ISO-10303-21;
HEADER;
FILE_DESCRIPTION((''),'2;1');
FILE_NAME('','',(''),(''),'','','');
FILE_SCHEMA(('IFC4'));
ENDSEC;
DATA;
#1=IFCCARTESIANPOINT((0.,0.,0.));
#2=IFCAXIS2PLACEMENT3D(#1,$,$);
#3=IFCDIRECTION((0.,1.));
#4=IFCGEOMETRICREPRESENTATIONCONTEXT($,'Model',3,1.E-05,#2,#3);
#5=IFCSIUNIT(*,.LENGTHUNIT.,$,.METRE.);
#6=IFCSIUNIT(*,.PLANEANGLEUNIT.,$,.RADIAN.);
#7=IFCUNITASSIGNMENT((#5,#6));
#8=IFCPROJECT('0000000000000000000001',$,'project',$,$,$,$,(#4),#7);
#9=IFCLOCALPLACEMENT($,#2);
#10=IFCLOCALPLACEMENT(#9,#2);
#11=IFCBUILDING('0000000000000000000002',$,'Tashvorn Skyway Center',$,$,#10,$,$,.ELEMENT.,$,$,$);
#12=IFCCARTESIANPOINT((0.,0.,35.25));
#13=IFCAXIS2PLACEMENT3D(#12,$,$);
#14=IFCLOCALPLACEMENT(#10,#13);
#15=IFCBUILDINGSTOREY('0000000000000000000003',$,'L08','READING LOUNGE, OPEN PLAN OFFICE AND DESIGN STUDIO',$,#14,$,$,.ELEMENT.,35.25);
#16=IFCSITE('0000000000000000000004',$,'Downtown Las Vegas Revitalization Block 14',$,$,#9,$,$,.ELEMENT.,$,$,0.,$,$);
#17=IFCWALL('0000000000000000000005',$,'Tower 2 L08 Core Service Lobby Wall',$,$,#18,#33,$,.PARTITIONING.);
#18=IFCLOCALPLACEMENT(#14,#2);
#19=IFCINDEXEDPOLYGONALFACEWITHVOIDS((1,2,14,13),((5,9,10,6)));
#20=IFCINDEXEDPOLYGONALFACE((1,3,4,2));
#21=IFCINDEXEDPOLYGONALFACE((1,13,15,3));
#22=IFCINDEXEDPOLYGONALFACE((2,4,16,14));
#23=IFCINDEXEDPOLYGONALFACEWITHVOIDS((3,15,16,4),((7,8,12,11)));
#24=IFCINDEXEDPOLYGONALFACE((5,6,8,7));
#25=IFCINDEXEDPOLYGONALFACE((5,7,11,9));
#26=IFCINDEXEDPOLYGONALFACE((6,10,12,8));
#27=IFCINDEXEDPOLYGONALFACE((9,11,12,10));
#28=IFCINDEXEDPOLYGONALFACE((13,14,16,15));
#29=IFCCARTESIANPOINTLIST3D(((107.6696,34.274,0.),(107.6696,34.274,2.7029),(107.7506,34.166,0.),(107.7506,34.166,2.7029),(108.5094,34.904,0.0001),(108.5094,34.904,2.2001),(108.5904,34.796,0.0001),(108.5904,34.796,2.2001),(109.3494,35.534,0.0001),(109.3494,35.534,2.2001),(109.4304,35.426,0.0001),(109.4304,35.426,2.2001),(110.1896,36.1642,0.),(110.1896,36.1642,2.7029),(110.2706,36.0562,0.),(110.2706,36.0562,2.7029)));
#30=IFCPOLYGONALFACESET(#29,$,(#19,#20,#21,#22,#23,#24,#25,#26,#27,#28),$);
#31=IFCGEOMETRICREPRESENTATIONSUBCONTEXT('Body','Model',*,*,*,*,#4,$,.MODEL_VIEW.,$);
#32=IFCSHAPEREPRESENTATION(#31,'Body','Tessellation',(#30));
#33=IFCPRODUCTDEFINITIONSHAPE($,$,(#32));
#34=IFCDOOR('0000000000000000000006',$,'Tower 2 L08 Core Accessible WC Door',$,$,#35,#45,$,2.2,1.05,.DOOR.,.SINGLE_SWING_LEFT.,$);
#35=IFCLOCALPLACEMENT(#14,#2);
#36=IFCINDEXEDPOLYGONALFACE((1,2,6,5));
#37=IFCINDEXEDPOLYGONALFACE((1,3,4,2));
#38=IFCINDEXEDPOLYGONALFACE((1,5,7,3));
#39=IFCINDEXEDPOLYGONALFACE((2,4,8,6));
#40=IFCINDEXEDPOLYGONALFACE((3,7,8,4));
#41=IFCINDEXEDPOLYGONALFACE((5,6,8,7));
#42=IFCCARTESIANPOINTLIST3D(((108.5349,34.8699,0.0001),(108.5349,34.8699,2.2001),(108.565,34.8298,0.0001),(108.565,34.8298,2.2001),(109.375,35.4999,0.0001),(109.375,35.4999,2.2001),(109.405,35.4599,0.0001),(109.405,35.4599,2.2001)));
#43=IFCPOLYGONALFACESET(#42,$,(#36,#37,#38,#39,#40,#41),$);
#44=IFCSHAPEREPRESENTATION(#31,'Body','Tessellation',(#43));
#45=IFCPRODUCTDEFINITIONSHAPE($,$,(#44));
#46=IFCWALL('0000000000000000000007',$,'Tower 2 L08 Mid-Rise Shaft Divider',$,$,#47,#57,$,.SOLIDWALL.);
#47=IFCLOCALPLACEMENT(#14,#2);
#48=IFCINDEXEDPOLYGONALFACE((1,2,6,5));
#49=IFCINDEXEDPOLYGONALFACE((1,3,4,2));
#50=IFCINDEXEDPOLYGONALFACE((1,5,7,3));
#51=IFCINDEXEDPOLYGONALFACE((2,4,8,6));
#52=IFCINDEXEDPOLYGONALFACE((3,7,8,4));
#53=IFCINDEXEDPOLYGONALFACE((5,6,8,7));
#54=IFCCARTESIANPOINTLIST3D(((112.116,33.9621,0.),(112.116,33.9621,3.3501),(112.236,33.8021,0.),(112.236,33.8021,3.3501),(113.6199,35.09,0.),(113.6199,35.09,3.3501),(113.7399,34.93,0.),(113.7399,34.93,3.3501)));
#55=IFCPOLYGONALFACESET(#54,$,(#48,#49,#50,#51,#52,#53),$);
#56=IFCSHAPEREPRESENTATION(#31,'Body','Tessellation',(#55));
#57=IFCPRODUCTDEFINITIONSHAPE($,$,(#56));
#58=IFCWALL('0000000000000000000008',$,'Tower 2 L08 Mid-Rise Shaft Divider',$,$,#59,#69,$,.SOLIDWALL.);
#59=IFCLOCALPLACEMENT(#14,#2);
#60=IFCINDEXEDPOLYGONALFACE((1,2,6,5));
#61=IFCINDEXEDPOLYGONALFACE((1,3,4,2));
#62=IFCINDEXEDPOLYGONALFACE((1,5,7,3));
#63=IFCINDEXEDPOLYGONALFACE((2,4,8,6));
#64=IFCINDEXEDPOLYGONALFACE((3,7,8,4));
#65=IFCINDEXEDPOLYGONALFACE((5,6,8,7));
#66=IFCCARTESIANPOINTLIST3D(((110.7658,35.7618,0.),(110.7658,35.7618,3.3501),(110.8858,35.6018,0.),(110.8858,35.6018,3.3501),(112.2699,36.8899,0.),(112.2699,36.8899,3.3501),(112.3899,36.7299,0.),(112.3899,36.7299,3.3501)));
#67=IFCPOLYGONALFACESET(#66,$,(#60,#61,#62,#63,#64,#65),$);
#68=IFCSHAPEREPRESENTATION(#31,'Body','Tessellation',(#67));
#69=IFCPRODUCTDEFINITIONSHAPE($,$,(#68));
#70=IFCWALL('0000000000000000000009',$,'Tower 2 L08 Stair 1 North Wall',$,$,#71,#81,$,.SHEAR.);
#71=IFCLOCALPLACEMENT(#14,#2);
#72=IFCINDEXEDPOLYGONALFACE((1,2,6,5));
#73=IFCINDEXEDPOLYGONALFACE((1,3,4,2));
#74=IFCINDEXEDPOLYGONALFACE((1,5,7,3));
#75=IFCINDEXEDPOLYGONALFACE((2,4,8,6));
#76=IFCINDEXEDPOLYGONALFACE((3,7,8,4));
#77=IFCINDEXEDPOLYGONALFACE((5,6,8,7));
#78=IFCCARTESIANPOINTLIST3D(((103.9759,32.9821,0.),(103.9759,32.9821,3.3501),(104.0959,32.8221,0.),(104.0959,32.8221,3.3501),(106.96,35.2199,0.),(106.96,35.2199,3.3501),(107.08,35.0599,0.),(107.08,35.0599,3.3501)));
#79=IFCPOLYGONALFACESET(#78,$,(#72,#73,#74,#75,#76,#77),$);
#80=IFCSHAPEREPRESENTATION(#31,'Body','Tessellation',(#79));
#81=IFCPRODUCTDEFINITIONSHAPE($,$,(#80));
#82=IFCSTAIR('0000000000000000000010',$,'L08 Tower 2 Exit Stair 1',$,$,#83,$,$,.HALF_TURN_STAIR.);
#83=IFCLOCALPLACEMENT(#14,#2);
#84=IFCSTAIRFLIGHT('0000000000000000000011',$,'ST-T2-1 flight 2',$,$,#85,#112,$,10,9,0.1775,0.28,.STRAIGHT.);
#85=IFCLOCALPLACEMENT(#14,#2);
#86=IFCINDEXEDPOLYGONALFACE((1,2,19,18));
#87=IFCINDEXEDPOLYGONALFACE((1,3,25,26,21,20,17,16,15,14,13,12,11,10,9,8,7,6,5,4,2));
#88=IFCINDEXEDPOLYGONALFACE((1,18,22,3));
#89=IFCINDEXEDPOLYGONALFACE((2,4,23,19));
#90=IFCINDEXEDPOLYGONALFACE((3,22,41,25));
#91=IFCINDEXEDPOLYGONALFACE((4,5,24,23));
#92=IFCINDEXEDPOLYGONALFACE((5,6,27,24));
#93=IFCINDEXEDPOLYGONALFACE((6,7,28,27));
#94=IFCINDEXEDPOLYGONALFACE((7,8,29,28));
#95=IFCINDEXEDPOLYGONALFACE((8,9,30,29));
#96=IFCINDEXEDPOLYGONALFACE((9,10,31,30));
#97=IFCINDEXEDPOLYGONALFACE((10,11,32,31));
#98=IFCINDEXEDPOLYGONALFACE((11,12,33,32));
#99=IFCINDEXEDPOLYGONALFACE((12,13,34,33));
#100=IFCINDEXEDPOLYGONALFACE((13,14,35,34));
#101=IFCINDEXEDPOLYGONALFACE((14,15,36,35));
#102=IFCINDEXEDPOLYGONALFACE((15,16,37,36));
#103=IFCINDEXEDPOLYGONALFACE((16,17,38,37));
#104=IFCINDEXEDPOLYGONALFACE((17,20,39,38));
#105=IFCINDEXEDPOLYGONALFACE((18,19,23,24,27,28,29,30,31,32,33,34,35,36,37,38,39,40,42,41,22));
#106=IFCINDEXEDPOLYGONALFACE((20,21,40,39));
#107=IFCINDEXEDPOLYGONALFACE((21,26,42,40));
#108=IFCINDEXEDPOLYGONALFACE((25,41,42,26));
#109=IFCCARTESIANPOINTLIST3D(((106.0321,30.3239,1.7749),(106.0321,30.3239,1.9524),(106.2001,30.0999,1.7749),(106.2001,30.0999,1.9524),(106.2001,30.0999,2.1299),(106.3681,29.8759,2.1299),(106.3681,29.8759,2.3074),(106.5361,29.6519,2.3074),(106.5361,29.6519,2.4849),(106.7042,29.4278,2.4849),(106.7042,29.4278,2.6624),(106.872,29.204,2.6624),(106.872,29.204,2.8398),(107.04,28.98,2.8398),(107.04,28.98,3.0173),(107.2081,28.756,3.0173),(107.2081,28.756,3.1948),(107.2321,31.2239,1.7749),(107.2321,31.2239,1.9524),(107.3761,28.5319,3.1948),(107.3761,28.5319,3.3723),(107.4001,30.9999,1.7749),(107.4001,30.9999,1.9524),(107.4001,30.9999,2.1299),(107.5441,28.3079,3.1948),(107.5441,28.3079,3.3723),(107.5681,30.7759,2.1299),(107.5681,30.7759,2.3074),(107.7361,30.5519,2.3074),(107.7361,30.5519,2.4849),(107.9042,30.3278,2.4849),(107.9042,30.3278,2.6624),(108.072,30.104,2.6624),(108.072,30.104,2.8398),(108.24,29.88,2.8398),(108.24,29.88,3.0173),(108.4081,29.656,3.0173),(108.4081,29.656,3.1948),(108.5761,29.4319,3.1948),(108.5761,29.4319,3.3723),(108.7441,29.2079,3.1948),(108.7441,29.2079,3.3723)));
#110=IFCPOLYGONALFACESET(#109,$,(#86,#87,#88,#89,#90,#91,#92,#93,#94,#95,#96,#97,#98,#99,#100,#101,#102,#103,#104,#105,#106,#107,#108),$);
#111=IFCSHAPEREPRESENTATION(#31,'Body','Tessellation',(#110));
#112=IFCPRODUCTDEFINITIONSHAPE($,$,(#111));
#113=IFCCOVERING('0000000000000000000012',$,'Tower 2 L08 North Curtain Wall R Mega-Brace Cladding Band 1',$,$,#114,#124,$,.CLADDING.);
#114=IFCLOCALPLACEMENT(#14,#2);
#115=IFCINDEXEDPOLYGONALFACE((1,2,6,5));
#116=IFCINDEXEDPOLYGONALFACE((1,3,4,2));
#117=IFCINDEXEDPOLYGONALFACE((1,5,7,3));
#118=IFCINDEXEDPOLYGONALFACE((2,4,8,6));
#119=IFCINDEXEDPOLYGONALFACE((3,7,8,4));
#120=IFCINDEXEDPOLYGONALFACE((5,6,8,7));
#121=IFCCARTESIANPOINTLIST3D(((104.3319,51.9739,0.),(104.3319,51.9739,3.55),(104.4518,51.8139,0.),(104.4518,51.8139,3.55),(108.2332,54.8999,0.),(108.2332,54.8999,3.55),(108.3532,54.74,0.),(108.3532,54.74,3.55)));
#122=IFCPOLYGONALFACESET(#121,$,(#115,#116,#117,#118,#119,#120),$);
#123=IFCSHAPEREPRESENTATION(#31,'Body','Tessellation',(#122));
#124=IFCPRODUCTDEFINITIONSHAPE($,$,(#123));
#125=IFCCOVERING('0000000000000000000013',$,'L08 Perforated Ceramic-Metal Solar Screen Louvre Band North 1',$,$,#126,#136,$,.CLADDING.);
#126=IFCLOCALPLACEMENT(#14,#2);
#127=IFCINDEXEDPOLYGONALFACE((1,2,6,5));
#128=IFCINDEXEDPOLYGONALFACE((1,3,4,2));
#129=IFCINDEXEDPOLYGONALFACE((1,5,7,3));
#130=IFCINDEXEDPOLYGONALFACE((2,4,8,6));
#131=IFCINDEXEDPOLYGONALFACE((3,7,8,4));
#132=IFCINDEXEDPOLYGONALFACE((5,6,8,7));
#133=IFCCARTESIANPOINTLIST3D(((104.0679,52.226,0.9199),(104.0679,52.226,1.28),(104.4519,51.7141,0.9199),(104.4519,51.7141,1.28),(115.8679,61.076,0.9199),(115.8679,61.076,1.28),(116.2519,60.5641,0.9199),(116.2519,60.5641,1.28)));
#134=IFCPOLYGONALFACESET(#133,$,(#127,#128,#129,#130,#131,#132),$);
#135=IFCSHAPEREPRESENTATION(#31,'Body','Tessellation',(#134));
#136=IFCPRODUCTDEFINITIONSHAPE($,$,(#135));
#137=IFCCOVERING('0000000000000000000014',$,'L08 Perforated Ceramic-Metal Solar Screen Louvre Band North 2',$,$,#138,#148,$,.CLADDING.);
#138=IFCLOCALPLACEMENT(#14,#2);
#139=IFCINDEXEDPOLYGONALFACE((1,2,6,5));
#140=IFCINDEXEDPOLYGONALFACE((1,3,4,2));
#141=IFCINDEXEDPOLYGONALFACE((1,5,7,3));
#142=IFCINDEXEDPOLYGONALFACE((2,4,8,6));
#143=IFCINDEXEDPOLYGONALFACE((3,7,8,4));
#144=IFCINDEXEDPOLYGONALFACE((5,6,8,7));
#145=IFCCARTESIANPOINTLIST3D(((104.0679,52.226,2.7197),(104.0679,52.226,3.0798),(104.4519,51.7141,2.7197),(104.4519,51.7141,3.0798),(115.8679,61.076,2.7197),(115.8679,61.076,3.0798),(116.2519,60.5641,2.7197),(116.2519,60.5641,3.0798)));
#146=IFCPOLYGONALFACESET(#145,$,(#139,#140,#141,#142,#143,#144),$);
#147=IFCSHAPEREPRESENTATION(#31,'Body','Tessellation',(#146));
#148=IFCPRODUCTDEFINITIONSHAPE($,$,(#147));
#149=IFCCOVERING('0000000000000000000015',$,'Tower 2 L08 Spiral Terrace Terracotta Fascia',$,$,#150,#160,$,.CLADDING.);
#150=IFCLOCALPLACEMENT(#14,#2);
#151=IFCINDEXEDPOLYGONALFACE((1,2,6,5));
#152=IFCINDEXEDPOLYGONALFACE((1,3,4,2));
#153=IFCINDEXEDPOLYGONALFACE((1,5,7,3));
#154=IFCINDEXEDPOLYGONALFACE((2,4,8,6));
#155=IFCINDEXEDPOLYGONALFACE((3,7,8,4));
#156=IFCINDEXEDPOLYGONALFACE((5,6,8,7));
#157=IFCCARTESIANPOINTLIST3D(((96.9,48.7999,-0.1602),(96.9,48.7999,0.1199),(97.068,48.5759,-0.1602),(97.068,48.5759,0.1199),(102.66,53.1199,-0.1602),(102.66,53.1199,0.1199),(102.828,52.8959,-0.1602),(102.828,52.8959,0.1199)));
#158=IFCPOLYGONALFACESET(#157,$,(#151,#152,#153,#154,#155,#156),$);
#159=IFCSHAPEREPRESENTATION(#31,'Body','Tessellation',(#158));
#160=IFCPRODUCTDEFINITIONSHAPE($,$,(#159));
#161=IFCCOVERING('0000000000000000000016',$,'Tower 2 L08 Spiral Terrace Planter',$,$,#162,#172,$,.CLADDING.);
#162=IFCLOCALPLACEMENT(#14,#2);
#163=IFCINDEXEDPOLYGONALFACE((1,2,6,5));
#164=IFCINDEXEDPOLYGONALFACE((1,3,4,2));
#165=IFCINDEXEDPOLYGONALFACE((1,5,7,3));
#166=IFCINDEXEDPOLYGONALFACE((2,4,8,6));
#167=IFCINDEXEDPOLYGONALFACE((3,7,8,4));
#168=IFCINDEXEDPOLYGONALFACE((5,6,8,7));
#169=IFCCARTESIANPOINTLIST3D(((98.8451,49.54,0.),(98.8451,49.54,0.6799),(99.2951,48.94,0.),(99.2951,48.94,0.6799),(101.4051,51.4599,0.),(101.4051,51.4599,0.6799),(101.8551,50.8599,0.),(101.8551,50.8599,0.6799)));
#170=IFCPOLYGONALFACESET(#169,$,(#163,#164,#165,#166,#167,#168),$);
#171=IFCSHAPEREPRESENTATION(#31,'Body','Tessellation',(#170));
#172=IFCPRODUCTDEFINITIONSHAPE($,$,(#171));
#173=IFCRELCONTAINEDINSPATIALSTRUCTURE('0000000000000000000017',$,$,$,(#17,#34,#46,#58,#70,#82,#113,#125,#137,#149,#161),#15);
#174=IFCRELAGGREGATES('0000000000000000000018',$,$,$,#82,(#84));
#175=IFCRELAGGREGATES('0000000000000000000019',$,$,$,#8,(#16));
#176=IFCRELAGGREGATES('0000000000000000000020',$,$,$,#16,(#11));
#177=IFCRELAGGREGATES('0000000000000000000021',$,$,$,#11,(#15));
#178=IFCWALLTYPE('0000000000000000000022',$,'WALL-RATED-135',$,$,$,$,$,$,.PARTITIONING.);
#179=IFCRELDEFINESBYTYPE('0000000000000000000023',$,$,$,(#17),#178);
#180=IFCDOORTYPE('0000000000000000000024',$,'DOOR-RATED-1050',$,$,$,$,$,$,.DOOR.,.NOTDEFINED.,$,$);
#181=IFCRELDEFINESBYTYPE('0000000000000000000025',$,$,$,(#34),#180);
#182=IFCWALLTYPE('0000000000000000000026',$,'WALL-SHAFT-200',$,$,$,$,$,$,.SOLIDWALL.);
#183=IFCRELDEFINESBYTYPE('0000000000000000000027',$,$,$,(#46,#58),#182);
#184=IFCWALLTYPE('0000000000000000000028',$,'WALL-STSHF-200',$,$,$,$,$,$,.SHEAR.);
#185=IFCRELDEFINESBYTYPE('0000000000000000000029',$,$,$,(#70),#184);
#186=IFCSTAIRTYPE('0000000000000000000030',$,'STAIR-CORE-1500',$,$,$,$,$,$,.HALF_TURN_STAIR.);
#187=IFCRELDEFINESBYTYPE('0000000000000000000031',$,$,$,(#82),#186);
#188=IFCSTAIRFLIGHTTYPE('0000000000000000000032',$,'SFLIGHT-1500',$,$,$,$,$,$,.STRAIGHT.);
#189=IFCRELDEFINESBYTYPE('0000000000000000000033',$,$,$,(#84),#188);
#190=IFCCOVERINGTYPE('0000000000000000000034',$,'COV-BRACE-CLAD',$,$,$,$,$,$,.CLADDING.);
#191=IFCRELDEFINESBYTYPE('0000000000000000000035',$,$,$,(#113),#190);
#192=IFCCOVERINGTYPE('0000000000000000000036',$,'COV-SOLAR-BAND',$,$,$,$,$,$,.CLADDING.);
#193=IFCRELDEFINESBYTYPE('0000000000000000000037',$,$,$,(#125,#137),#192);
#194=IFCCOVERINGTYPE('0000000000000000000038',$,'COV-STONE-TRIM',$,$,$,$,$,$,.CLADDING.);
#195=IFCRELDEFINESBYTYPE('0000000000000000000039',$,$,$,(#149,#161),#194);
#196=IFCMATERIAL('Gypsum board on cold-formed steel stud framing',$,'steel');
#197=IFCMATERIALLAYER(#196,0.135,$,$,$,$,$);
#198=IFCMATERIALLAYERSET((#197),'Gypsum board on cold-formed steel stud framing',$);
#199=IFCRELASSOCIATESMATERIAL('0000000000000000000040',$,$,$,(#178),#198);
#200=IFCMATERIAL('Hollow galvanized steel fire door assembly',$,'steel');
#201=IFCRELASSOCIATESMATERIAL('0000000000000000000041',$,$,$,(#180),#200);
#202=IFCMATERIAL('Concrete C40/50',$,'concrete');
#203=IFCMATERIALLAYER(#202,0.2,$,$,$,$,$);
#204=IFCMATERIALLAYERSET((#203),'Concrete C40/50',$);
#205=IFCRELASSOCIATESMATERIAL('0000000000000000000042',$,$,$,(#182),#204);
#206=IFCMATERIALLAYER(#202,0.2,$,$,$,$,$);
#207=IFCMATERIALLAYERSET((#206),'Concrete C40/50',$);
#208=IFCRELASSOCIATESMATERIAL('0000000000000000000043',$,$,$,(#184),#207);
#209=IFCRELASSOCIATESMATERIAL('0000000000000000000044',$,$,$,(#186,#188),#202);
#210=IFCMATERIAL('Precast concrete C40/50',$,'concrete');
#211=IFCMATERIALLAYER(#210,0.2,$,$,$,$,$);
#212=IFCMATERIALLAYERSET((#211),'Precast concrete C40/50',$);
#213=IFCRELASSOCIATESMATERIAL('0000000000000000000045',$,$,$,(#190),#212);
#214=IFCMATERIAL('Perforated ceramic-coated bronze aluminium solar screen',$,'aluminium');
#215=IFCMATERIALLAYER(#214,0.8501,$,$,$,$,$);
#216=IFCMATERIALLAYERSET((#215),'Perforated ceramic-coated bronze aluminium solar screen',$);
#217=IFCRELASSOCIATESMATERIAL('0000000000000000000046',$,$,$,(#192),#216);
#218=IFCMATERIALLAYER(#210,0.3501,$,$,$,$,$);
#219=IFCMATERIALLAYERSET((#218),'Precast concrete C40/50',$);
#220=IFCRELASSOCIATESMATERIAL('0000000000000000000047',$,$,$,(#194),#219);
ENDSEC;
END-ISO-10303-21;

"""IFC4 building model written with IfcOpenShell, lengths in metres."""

from ifc_helpers import new_model, si_unit, direction, frame, frame_2d, origin, origin_2d, place, context, subcontext, project, spatial, polyline, rectangle, outline, extrude, material, layer, layer_set, type_object, element, fill, aggregate, save


model = new_model("IFC4")

# Units and contexts
model_context = context("Model", 3, precision=1e-05, world=origin(), true_north=direction((0.0, 1.0)))
body_context = subcontext(model_context, "Body", "Model", "MODEL_VIEW")
ifc_project = project(units=[si_unit("LENGTHUNIT", "METRE"), si_unit("PLANEANGLEUNIT", "RADIAN")], contexts=[model_context])

# Site, building, storey
site_placement = place(None, origin())
site = spatial("IfcSite", under=ifc_project, at=site_placement, Name="Downtown Las Vegas Revitalization Block 14", CompositionType="ELEMENT", RefElevation=0.0)
building_placement = place(site_placement, origin())
building = spatial("IfcBuilding", under=site, at=building_placement, Name="Tashvorn Skyway Center", CompositionType="ELEMENT")
storey_placement = place(building_placement, frame((0.0, 0.0, 35.25)))
storey = spatial("IfcBuildingStorey", under=building, at=storey_placement, Name="L08", Description="READING LOUNGE, OPEN PLAN OFFICE AND DESIGN STUDIO", CompositionType="ELEMENT", Elevation=35.25)

# Shared definitions
ifc_material_1 = material(Name="Hollow galvanized steel fire door assembly", Category="steel")

# Shared definitions
ifc_material_2 = material(Name="Concrete C40/50", Category="concrete")
ifc_material_3 = material(Name="Gypsum board on cold-formed steel stud framing", Category="steel")

# Wall, opening, door
ifc_layer_1 = layer(ifc_material_3, 0.135)
ifc_layer_set_1 = layer_set([ifc_layer_1], Name="Gypsum board on cold-formed steel stud framing")
wall_type_1 = type_object("IfcWallType", Name="WALL-RATED-135", PredefinedType="PARTITIONING", material=ifc_layer_set_1)
wall_1_placement = place(storey_placement, frame((107.71, 34.22, 0.0), z_axis=(0.0, 0.0, 1.0), x_axis=(0.799981, 0.600025, 0.0)))
wall_1 = element("IfcWall", 1, at=wall_1_placement, inside=storey, type_object=wall_type_1, Name="Tower 2 L08 Core Service Lobby Wall", PredefinedType="PARTITIONING", context=body_context, shape_type="SweptSolid", body=[
    extrude(rectangle(XDim=3.1501, YDim=0.135, at=frame_2d((1.5752, 0.0))), origin(), (0.0, 0.0, 1.0), 2.7029),
])
opening_1_placement = place(wall_1_placement, frame((1.05, 0.0, 0.0)))
opening_1 = element("IfcOpeningElement", 2, at=opening_1_placement, cuts=wall_1, PredefinedType="OPENING", context=body_context, shape_type="SweptSolid", body=[
    extrude(rectangle(XDim=1.05, YDim=2.2, at=frame_2d((0.5249, 1.1001))), frame((0.0, 0.0774, 0.0), z_axis=(0.0, -1.0, 0.0), x_axis=(1.0, 0.0, 0.0)), (0.0, 0.0, 1.0), 0.155),
])
door_type_1 = type_object("IfcDoorType", Name="DOOR-RATED-1050", OperationType="NOTDEFINED", PredefinedType="DOOR", material=ifc_material_1)
door_1_placement = place(opening_1_placement, origin())
door_1 = element("IfcDoor", 3, at=door_1_placement, inside=storey, type_object=door_type_1, Name="Tower 2 L08 Core Accessible WC Door", OperationType="SINGLE_SWING_LEFT", OverallHeight=2.2, OverallWidth=1.05, PredefinedType="DOOR", context=body_context, shape_type="SweptSolid", body=[
    extrude(rectangle(XDim=1.05, YDim=2.2, at=frame_2d((0.5249, 1.1001))), frame((0.0, 0.0249, 0.0), z_axis=(0.0, -1.0, 0.0), x_axis=(1.0, 0.0, 0.0)), (0.0, 0.0, 1.0), 0.05),
])
fill(opening_1, door_1)

# Walls
ifc_layer_2 = layer(ifc_material_2, 0.2)
ifc_layer_set_2 = layer_set([ifc_layer_2], Name="Concrete C40/50")
wall_type_2 = type_object("IfcWallType", Name="WALL-SHAFT-200", PredefinedType="SOLIDWALL", material=ifc_layer_set_2)
wall_2_placement = place(storey_placement, frame((112.176, 33.8821, 0.0), z_axis=(0.0, 0.0, 1.0), x_axis=(0.8, 0.6, 0.0)))
element("IfcWall", 4, at=wall_2_placement, inside=storey, type_object=wall_type_2, Name="Tower 2 L08 Mid-Rise Shaft Divider", PredefinedType="SOLIDWALL", context=body_context, shape_type="SweptSolid", body=[
    extrude(rectangle(XDim=1.8799, YDim=0.2, at=frame_2d((0.9399, 0.0))), origin(), (0.0, 0.0, 1.0), 3.3501),
])
wall_3_placement = place(storey_placement, frame((110.8259, 35.6819, 0.0), z_axis=(0.0, 0.0, 1.0), x_axis=(0.799984, 0.600021, 0.0)))
element("IfcWall", 5, at=wall_3_placement, inside=storey, type_object=wall_type_2, Name="Tower 2 L08 Mid-Rise Shaft Divider", PredefinedType="SOLIDWALL", context=body_context, shape_type="SweptSolid", body=[
    extrude(rectangle(XDim=1.8801, YDim=0.2, at=frame_2d((0.9399, 0.0))), origin(), (0.0, 0.0, 1.0), 3.3501),
])
ifc_layer_3 = layer(ifc_material_2, 0.2)
ifc_layer_set_3 = layer_set([ifc_layer_3], Name="Concrete C40/50")
wall_type_3 = type_object("IfcWallType", Name="WALL-STSHF-200", PredefinedType="SHEAR", material=ifc_layer_set_3)
wall_4_placement = place(storey_placement, frame((104.0359, 32.9021, 0.0), z_axis=(0.0, 0.0, 1.0), x_axis=(0.800039, 0.599948, 0.0)))
element("IfcWall", 6, at=wall_4_placement, inside=storey, type_object=wall_type_3, Name="Tower 2 L08 Stair 1 North Wall", PredefinedType="SHEAR", context=body_context, shape_type="SweptSolid", body=[
    extrude(rectangle(XDim=3.73, YDim=0.2, at=frame_2d((1.865, 0.0))), origin(), (0.0, 0.0, 1.0), 3.3501),
])

# Stair, stair flight
stair_type = type_object("IfcStairType", Name="STAIR-CORE-1500", PredefinedType="HALF_TURN_STAIR", material=ifc_material_2)
stair_placement = place(storey_placement, origin())
stair = element("IfcStair", 7, at=stair_placement, inside=storey, type_object=stair_type, Name="L08 Tower 2 Exit Stair 1", PredefinedType="HALF_TURN_STAIR")
stair_flight_type = type_object("IfcStairFlightType", Name="SFLIGHT-1500", PredefinedType="STRAIGHT", material=ifc_material_2)
stair_flight_placement = place(storey_placement, frame((106.6321, 30.7739, 1.7749), z_axis=(0.0, 0.0, 1.0), x_axis=(0.6, -0.8, 0.0)))
stair_flight = element("IfcStairFlight", 8, at=stair_flight_placement, type_object=stair_flight_type, Name="ST-T2-1 flight 2", NumberOfRisers=10, NumberOfTreads=9, PredefinedType="STRAIGHT", RiserHeight=0.1775, TreadLength=0.28, context=body_context, shape_type="SweptSolid", body=[
    extrude(outline(polyline([(0.0, 0.0), (0.0, 0.1775), (0.28, 0.1775), (0.28, 0.355), (0.5601, 0.355), (0.5601, 0.5325), (0.8401, 0.5325), (0.8401, 0.71), (1.1201, 0.71), (1.1201, 0.8875), (1.3999, 0.8875), (1.3999, 1.0649), (1.6799, 1.0649), (1.6799, 1.2424), (1.96, 1.2424), (1.96, 1.4199), (2.24, 1.4199), (2.24, 1.5974), (2.52, 1.5974), (2.52, 1.7749), (2.52, 1.4199), (0.28, 0.0), (0.0, 0.0)])), frame((0.0, 0.75, 0.0), z_axis=(0.0, -1.0, 0.0), x_axis=(1.0, 0.0, 0.0)), (0.0, 0.0, 1.0), 1.5),
])
aggregate(stair, [stair_flight])

# Coverings
ifc_material_4 = material(Name="Precast concrete C40/50", Category="concrete")
ifc_layer_4 = layer(ifc_material_4, 0.2)
ifc_layer_set_4 = layer_set([ifc_layer_4], Name="Precast concrete C40/50")
covering_type_1 = type_object("IfcCoveringType", Name="COV-BRACE-CLAD", PredefinedType="CLADDING", material=ifc_layer_set_4)
covering_1_placement = place(storey_placement, frame((106.3425, 53.3569, 0.0), z_axis=(0.0, 0.0, 1.0), x_axis=(0.8, 0.6, 0.0)))
element("IfcCovering", 9, at=covering_1_placement, inside=storey, type_object=covering_type_1, Name="Tower 2 L08 North Curtain Wall R Mega-Brace Cladding Band 1", PredefinedType="CLADDING", context=body_context, shape_type="SweptSolid", body=[
    extrude(rectangle(XDim=4.8767, YDim=0.2, at=origin_2d()), origin(), (0.0, 0.0, 1.0), 3.55),
])
ifc_material_5 = material(Name="Perforated ceramic-coated bronze aluminium solar screen", Category="aluminium")
ifc_layer_5 = layer(ifc_material_5, 0.8501)
ifc_layer_set_5 = layer_set([ifc_layer_5], Name="Perforated ceramic-coated bronze aluminium solar screen")
covering_type_2 = type_object("IfcCoveringType", Name="COV-SOLAR-BAND", PredefinedType="CLADDING", material=ifc_layer_set_5)
for number, where, z_axis, x_axis, name in (
    (10, (110.1599, 56.395, 0.9199), (0.0, 0.0, 1.0), (0.8, 0.6, 0.0), "L08 Perforated Ceramic-Metal Solar Screen Louvre Band North 1"),
    (11, (110.1599, 56.395, 2.7197), (0.0, 0.0, 1.0), (0.8, 0.6, 0.0), "L08 Perforated Ceramic-Metal Solar Screen Louvre Band North 2"),
):
    element("IfcCovering", number, at=place(storey_placement, frame(where, z_axis=z_axis, x_axis=x_axis)), inside=storey, type_object=covering_type_2, Name=name, PredefinedType="CLADDING", context=body_context, shape_type="SweptSolid", body=[
        extrude(rectangle(XDim=14.75, YDim=0.6399, at=origin_2d()), origin(), (0.0, 0.0, 1.0), 0.3601),
    ])
ifc_layer_6 = layer(ifc_material_4, 0.3501)
ifc_layer_set_6 = layer_set([ifc_layer_6], Name="Precast concrete C40/50")
covering_type_3 = type_object("IfcCoveringType", Name="COV-STONE-TRIM", PredefinedType="CLADDING", material=ifc_layer_set_6)
covering_2_placement = place(storey_placement, frame((99.864, 50.8479, -0.1602), z_axis=(0.0, 0.0, 1.0), x_axis=(0.8, 0.6, 0.0)))
element("IfcCovering", 12, at=covering_2_placement, inside=storey, type_object=covering_type_3, Name="Tower 2 L08 Spiral Terrace Terracotta Fascia", PredefinedType="CLADDING", context=body_context, shape_type="SweptSolid", body=[
    extrude(rectangle(XDim=7.2, YDim=0.28, at=origin_2d()), origin(), (0.0, 0.0, 1.0), 0.28),
])
covering_3_placement = place(storey_placement, frame((100.3501, 50.2, 0.0), z_axis=(0.0, 0.0, 1.0), x_axis=(0.8, 0.6, 0.0)))
element("IfcCovering", 13, at=covering_3_placement, inside=storey, type_object=covering_type_3, Name="Tower 2 L08 Spiral Terrace Planter", PredefinedType="CLADDING", context=body_context, shape_type="SweptSolid", body=[
    extrude(rectangle(XDim=3.2, YDim=0.75, at=origin_2d()), origin(), (0.0, 0.0, 1.0), 0.6799),
])

save(model, "model.ifc")
